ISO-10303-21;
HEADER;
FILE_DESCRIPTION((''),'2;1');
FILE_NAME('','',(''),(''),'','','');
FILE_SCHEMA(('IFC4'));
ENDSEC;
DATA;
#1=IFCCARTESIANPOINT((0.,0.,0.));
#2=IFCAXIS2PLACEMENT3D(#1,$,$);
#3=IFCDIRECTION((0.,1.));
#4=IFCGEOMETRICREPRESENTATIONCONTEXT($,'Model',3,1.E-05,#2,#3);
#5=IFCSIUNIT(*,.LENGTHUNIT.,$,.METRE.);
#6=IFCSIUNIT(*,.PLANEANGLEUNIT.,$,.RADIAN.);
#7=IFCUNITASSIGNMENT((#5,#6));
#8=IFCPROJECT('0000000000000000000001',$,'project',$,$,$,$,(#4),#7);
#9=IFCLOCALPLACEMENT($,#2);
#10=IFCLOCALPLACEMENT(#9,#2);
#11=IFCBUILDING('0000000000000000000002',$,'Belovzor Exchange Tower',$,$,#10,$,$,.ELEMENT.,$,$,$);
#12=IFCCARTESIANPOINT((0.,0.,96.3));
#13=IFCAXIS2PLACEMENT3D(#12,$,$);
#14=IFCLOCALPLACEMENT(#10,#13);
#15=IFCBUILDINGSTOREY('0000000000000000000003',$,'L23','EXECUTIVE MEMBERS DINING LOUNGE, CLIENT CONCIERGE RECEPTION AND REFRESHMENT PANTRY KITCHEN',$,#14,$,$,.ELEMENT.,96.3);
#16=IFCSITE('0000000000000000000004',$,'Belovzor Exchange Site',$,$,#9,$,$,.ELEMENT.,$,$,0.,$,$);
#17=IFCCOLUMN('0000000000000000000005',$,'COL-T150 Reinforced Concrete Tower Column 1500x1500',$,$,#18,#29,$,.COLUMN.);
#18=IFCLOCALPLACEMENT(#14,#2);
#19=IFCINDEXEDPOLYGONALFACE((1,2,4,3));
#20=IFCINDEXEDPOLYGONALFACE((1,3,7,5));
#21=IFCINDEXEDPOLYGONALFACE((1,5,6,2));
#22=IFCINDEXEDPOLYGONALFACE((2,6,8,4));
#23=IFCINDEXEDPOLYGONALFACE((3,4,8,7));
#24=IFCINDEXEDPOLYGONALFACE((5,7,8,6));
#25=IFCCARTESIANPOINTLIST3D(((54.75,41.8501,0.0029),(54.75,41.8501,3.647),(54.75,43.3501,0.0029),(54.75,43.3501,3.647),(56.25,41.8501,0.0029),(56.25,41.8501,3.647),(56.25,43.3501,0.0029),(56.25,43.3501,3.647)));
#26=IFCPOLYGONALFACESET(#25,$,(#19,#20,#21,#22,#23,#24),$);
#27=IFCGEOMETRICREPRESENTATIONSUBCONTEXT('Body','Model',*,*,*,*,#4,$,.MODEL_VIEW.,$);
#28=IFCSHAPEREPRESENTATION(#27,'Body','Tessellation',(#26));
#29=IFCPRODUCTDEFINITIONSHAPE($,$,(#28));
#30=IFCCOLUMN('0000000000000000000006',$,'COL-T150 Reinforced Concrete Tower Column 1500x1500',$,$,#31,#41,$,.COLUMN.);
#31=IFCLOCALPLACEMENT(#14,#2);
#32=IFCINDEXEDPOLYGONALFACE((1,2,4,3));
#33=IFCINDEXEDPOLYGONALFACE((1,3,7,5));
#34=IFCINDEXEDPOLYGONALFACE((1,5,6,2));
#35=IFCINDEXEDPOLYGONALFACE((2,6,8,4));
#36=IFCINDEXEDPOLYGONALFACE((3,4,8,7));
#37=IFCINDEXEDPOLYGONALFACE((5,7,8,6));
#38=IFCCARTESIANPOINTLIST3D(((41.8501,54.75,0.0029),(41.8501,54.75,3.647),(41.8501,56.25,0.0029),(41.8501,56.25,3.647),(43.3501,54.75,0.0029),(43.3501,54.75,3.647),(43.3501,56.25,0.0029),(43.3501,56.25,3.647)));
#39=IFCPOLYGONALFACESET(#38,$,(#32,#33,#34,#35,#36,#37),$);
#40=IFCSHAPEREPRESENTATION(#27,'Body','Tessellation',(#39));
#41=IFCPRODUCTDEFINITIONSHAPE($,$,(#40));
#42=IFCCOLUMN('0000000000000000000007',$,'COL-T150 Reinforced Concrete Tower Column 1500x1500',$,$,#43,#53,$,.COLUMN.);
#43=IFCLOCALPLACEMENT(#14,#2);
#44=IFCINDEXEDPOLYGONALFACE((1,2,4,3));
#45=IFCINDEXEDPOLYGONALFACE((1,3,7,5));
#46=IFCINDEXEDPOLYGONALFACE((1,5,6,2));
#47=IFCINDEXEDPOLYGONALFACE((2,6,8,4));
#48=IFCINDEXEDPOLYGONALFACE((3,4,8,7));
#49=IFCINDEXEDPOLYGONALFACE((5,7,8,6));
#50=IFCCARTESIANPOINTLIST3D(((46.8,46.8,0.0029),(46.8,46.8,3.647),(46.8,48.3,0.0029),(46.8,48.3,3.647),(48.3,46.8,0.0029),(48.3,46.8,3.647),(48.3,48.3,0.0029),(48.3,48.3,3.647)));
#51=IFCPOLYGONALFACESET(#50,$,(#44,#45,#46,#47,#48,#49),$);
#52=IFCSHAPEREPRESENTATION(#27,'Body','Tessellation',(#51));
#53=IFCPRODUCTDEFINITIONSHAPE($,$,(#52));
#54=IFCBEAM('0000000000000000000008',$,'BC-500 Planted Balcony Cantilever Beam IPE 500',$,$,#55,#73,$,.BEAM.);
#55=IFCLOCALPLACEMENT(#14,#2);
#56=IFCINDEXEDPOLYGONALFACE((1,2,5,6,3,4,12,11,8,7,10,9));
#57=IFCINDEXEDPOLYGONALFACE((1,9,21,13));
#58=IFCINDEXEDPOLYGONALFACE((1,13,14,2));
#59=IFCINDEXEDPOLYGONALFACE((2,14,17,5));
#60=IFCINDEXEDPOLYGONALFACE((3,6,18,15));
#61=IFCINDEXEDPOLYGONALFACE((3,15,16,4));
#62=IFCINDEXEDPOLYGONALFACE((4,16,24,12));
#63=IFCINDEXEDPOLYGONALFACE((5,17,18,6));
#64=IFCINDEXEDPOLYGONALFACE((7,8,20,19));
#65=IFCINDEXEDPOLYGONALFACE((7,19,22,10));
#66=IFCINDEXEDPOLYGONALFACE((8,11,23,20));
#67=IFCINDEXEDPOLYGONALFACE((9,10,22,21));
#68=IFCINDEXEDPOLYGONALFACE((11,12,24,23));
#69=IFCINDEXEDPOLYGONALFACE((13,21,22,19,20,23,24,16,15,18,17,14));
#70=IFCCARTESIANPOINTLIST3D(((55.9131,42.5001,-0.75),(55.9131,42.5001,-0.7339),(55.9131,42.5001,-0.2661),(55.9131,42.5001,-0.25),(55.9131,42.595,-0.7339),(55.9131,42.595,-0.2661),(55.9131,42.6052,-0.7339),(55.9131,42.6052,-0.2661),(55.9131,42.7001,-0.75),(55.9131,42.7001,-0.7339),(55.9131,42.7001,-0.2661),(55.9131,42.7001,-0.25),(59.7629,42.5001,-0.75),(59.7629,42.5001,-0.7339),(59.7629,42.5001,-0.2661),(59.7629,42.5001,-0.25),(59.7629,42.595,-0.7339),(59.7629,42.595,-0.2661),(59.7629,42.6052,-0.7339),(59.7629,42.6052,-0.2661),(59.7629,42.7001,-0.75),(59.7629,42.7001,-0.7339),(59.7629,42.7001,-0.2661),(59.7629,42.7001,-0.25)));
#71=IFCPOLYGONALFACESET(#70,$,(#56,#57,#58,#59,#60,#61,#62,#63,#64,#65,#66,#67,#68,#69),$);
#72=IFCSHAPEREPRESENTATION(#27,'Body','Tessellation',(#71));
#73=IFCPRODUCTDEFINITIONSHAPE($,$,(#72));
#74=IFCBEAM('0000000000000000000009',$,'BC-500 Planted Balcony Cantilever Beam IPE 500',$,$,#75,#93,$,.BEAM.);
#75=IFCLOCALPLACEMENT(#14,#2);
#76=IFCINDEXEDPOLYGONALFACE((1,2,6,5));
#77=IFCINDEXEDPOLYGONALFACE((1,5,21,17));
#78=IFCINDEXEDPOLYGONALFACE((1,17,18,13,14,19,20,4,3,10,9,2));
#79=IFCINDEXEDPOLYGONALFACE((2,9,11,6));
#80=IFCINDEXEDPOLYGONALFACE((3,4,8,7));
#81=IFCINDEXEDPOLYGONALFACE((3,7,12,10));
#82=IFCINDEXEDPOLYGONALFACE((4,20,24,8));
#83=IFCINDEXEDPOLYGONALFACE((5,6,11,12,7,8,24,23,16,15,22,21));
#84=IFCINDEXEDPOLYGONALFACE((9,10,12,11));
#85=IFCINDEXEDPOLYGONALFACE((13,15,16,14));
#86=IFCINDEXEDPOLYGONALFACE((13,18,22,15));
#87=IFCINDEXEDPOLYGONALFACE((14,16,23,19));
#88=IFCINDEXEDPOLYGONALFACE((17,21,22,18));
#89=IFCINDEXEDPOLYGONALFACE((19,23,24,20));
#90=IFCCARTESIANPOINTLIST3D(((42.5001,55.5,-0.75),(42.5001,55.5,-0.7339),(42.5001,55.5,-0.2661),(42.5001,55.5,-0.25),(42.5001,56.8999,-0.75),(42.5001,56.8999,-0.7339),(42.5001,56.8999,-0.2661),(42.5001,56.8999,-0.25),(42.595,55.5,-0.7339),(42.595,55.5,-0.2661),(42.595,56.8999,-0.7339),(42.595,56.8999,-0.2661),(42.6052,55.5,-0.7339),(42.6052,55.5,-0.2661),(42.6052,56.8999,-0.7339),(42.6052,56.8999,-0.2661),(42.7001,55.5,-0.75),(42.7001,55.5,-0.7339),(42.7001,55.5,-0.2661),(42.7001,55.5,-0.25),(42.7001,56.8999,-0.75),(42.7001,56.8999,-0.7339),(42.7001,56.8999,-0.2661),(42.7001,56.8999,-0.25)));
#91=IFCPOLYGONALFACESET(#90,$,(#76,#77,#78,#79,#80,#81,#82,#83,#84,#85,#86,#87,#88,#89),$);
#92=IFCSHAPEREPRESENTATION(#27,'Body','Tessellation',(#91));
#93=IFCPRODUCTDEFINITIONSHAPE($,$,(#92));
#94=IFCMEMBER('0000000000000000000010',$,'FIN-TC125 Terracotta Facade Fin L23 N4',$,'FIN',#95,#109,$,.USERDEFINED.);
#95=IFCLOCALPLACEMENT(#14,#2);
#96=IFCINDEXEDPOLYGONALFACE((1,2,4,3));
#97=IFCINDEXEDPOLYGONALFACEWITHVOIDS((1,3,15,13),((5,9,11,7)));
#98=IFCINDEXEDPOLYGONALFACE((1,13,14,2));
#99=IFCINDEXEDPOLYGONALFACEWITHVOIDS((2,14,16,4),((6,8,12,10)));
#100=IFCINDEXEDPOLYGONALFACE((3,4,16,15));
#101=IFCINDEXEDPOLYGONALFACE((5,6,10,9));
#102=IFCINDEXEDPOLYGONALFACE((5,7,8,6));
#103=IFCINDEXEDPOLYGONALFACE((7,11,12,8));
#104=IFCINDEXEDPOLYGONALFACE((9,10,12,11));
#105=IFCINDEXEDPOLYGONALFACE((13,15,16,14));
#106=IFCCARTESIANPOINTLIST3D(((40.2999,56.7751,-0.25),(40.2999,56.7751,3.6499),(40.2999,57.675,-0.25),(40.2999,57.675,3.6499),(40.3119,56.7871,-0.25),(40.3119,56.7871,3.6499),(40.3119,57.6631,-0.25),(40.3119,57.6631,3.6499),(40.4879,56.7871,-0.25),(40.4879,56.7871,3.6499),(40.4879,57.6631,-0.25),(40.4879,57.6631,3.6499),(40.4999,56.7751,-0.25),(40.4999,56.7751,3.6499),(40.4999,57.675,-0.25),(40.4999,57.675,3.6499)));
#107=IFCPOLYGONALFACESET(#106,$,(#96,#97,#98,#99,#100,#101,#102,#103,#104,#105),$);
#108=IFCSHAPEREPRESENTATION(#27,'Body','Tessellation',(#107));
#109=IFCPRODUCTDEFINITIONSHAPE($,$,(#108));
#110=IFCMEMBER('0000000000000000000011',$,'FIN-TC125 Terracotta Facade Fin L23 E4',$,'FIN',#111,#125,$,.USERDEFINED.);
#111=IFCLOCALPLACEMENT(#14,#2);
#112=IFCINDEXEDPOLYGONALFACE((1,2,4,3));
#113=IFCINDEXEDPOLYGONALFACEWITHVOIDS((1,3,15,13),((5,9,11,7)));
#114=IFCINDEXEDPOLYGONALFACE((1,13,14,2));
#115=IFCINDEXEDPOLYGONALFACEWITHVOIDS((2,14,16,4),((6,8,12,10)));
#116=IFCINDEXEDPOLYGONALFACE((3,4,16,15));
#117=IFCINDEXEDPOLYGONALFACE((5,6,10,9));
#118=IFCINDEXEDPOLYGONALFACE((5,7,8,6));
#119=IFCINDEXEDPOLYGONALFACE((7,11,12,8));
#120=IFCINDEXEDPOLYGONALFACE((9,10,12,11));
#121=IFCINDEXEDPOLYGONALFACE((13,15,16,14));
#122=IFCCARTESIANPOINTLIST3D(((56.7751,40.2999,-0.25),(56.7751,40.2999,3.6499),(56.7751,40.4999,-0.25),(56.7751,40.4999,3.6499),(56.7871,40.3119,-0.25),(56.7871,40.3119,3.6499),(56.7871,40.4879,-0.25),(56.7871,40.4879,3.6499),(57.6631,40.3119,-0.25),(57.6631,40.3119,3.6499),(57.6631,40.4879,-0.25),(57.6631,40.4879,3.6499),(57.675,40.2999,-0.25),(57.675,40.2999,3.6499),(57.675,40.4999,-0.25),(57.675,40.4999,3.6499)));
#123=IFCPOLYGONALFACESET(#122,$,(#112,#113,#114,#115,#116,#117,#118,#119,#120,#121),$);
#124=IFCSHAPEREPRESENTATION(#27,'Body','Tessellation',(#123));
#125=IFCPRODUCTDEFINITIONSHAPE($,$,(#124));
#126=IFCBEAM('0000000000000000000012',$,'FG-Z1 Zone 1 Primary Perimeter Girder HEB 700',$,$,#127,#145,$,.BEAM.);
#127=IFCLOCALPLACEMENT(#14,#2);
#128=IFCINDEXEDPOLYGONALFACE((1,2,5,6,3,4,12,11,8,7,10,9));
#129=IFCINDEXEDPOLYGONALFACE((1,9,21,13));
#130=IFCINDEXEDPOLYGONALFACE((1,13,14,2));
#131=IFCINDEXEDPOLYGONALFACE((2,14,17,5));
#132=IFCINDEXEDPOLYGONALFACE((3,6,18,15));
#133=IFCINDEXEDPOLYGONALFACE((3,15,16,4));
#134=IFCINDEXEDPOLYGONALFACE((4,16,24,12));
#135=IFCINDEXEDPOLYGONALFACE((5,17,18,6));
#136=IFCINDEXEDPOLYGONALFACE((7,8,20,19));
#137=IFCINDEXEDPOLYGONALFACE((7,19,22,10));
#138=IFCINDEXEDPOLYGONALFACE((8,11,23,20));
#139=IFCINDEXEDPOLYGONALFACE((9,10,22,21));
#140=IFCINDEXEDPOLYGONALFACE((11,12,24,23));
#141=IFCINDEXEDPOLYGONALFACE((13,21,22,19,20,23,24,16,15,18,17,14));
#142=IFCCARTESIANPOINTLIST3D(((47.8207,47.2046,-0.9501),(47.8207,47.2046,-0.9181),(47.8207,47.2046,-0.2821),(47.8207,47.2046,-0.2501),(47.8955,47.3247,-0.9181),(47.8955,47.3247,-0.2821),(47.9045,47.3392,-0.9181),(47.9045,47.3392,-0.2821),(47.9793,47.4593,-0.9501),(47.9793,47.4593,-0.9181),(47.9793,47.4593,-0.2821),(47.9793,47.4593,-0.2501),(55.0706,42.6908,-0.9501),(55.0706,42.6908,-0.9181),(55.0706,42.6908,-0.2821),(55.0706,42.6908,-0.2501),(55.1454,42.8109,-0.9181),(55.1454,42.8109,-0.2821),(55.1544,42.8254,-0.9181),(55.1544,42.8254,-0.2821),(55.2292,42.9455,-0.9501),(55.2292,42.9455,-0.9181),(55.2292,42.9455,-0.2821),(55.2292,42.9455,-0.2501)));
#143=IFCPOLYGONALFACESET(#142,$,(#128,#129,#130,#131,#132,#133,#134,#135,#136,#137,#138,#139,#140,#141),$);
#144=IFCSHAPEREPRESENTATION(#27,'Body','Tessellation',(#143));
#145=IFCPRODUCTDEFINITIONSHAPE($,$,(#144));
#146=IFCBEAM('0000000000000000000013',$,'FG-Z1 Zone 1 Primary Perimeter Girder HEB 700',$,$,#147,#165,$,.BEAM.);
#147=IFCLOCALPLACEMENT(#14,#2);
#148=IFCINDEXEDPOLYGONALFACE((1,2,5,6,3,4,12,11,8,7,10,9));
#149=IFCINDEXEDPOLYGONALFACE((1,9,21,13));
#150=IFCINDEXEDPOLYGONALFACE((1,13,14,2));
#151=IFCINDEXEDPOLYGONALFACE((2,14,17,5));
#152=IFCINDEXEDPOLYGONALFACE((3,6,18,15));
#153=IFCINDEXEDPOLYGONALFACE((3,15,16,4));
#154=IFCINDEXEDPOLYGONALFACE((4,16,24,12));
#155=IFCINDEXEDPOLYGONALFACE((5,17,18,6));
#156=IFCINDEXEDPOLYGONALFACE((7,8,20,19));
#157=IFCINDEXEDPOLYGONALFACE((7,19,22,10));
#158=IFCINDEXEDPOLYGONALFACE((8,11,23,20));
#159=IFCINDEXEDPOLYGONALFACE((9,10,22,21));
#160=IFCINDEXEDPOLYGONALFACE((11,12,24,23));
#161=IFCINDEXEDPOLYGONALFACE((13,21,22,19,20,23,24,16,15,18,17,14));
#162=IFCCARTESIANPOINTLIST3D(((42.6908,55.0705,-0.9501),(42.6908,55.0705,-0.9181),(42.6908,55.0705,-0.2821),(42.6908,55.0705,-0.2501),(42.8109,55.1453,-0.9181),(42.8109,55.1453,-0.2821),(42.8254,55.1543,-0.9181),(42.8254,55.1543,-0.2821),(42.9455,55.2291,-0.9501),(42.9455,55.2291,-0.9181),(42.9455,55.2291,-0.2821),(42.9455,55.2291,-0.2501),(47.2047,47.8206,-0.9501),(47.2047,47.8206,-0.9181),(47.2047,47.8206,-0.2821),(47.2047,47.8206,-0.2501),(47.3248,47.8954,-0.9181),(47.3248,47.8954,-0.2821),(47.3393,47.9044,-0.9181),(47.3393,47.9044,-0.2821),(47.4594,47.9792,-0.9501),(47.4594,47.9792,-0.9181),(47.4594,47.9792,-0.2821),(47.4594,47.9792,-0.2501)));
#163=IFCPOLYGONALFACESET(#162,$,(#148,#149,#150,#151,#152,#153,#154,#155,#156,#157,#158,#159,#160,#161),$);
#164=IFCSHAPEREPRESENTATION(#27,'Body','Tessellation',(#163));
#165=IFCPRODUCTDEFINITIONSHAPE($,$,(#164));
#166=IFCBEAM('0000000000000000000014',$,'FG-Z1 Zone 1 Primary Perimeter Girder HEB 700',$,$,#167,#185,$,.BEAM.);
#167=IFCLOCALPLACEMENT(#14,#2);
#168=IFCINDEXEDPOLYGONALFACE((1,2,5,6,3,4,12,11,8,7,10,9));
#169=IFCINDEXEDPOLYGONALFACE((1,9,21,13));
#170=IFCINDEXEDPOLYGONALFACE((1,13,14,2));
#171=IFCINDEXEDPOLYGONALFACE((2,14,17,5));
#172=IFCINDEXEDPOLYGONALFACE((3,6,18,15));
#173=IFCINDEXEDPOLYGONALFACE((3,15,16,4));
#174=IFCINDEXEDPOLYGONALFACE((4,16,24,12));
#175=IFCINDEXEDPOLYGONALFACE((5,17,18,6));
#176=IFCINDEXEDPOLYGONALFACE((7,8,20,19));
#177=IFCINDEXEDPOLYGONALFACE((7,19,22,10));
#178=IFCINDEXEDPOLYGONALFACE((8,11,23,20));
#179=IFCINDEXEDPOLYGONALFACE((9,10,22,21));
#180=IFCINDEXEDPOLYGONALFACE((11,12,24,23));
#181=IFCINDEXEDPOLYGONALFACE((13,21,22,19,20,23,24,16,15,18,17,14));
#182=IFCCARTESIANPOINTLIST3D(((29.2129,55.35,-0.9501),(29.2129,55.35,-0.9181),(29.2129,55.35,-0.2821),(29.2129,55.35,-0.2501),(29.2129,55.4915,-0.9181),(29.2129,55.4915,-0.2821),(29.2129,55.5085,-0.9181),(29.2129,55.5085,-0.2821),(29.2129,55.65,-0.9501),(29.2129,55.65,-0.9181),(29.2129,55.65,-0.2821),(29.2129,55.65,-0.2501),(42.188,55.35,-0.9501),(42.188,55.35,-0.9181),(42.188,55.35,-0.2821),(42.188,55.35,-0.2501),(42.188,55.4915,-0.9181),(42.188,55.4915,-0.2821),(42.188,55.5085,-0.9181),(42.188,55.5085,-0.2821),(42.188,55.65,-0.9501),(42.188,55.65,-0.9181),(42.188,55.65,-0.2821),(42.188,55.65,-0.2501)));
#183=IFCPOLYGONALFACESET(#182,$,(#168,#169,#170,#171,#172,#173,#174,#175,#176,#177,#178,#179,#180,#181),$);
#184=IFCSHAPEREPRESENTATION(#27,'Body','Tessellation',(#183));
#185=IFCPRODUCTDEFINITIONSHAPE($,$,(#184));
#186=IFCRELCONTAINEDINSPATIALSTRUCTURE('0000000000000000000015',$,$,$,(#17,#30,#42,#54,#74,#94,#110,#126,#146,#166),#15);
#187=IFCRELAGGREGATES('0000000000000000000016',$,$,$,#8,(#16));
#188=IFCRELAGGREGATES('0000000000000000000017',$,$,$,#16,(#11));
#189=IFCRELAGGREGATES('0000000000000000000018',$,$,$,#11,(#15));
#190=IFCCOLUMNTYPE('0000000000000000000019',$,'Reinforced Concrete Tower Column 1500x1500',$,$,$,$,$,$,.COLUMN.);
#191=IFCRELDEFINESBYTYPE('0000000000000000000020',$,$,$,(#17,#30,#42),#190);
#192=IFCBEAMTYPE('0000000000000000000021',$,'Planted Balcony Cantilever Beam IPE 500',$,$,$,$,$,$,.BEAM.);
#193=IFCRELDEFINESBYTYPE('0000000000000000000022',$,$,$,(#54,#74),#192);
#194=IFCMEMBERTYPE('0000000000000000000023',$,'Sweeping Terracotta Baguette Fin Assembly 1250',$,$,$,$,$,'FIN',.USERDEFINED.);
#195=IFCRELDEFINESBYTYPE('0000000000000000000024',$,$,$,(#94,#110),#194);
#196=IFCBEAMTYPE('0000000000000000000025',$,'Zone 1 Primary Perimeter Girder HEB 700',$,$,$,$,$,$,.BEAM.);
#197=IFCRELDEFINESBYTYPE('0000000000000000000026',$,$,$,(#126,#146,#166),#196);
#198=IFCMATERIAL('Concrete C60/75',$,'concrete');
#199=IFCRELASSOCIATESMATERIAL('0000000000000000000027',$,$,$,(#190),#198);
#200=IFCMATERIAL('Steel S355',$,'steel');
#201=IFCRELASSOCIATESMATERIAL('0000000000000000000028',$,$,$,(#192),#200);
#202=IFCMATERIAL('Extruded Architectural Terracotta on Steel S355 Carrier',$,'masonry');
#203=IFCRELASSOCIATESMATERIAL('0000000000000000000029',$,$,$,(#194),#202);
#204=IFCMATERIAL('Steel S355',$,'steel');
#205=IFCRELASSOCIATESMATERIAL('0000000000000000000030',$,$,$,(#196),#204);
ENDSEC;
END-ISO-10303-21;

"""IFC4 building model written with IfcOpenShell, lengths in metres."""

from ifc_helpers import new_model, si_unit, direction, frame, origin, origin_2d, place, context, subcontext, project, spatial, rectangle, hollow_rectangle, i_section, extrude, material, material_profile, profile_set, type_object, element, save


model = new_model("IFC4")

# Units and contexts
model_context = context("Model", 3, precision=1e-05, world=origin(), true_north=direction((0.0, 1.0)))
body_context = subcontext(model_context, "Body", "Model", "MODEL_VIEW")
ifc_project = project(units=[si_unit("LENGTHUNIT", "METRE"), si_unit("PLANEANGLEUNIT", "RADIAN")], contexts=[model_context])

# Site, building, storey
site_placement = place(None, origin())
site = spatial("IfcSite", under=ifc_project, at=site_placement, Name="Belovzor Exchange Site", CompositionType="ELEMENT", RefElevation=0.0)
building_placement = place(site_placement, origin())
building = spatial("IfcBuilding", under=site, at=building_placement, Name="Belovzor Exchange Tower", CompositionType="ELEMENT")
storey_placement = place(building_placement, frame((0.0, 0.0, 96.3)))
storey = spatial("IfcBuildingStorey", under=building, at=storey_placement, Name="L23", Description="EXECUTIVE MEMBERS DINING LOUNGE, CLIENT CONCIERGE RECEPTION AND REFRESHMENT PANTRY KITCHEN", CompositionType="ELEMENT", Elevation=96.3)

# Columns
ifc_material_1 = material(Name="Concrete C60/75", Category="concrete")
ifc_material_profile_1 = material_profile(ifc_material_1, rectangle(XDim=1.5, YDim=1.5, at=origin_2d()))
ifc_profile_set_1 = profile_set([ifc_material_profile_1], Name="Concrete C60/75")
column_type = type_object("IfcColumnType", Name="Reinforced Concrete Tower Column 1500x1500", PredefinedType="COLUMN", material=ifc_profile_set_1)
for number, where, z_axis, x_axis, name in (
    (1, (55.5, 42.6001, 0.0029), (0.0, 0.0, 1.0), (1.0, 0.0, 0.0), "COL-T150 Reinforced Concrete Tower Column 1500x1500"),
    (2, (42.6001, 55.5, 0.0029), (0.0, 0.0, 1.0), (1.0, 0.0, 0.0), "COL-T150 Reinforced Concrete Tower Column 1500x1500"),
    (3, (47.55, 47.55, 0.0029), (0.0, 0.0, 1.0), (1.0, 0.0, 0.0), "COL-T150 Reinforced Concrete Tower Column 1500x1500"),
):
    element("IfcColumn", number, at=place(storey_placement, frame(where, z_axis=z_axis, x_axis=x_axis)), inside=storey, type_object=column_type, Name=name, PredefinedType="COLUMN", context=body_context, shape_type="SweptSolid", body=[
        extrude(rectangle(XDim=1.5, YDim=1.5, at=origin_2d()), origin(), (0.0, 0.0, 1.0), 3.644),
    ])

# Beams
ifc_material_2 = material(Name="Steel S355", Category="steel")
ifc_material_profile_2 = material_profile(ifc_material_2, i_section(OverallWidth=0.2, OverallDepth=0.5, WebThickness=0.0103, FlangeThickness=0.0161, at=origin_2d()))
ifc_profile_set_2 = profile_set([ifc_material_profile_2], Name="Steel S355")
beam_type_1 = type_object("IfcBeamType", Name="Planted Balcony Cantilever Beam IPE 500", PredefinedType="BEAM", material=ifc_profile_set_2)
beam_1_placement = place(storey_placement, frame((55.9131, 42.6001, -0.5), z_axis=(1.0, 0.0, 0.0), x_axis=(0.0, 1.0, 0.0)))
element("IfcBeam", 4, at=beam_1_placement, inside=storey, type_object=beam_type_1, Name="BC-500 Planted Balcony Cantilever Beam IPE 500", PredefinedType="BEAM", context=body_context, shape_type="SweptSolid", body=[
    extrude(i_section(OverallWidth=0.2, OverallDepth=0.5, WebThickness=0.0103, FlangeThickness=0.0161, at=origin_2d()), origin(), (0.0, 0.0, 1.0), 3.8499),
])
beam_2_placement = place(storey_placement, frame((42.6001, 55.5, -0.5), z_axis=(0.0, 1.0, 0.0), x_axis=(-1.0, 0.0, 0.0)))
element("IfcBeam", 5, at=beam_2_placement, inside=storey, type_object=beam_type_1, Name="BC-500 Planted Balcony Cantilever Beam IPE 500", PredefinedType="BEAM", context=body_context, shape_type="SweptSolid", body=[
    extrude(i_section(OverallWidth=0.2, OverallDepth=0.5, WebThickness=0.0103, FlangeThickness=0.0161, at=origin_2d()), origin(), (0.0, 0.0, 1.0), 1.3999),
])

# Members
ifc_material_3 = material(Name="Extruded Architectural Terracotta on Steel S355 Carrier", Category="masonry")
ifc_material_profile_3 = material_profile(ifc_material_3, hollow_rectangle(XDim=0.2, YDim=0.8999, WallThickness=0.012, at=origin_2d()))
ifc_profile_set_3 = profile_set([ifc_material_profile_3], Name="Extruded Architectural Terracotta on Steel S355 Carrier")
member_type = type_object("IfcMemberType", Name="Sweeping Terracotta Baguette Fin Assembly 1250", ElementType="FIN", PredefinedType="USERDEFINED", material=ifc_profile_set_3)
for number, where, z_axis, x_axis, name in (
    (6, (40.3999, 57.2251, -0.25), (0.0, 0.0, 1.0), (1.0, 0.0, 0.0), "FIN-TC125 Terracotta Facade Fin L23 N4"),
    (7, (57.2251, 40.3999, -0.25), (0.0, 0.0, 1.0), (0.0, 1.0, 0.0), "FIN-TC125 Terracotta Facade Fin L23 E4"),
):
    element("IfcMember", number, at=place(storey_placement, frame(where, z_axis=z_axis, x_axis=x_axis)), inside=storey, type_object=member_type, Name=name, ObjectType="FIN", PredefinedType="USERDEFINED", context=body_context, shape_type="SweptSolid", body=[
        extrude(hollow_rectangle(XDim=0.2, YDim=0.8999, WallThickness=0.012, at=origin_2d()), origin(), (0.0, 0.0, 1.0), 3.8999),
    ])

# Beams
ifc_material_4 = material(Name="Steel S355", Category="steel")
ifc_material_profile_4 = material_profile(ifc_material_4, i_section(OverallWidth=0.3, OverallDepth=0.7, WebThickness=0.0171, FlangeThickness=0.032, at=origin_2d()))
ifc_profile_set_4 = profile_set([ifc_material_profile_4], Name="Steel S355")
beam_type_2 = type_object("IfcBeamType", Name="Zone 1 Primary Perimeter Girder HEB 700", PredefinedType="BEAM", material=ifc_profile_set_4)
for number, where, z_axis, x_axis, name in (
    (8, (55.1499, 42.8181, -0.6001), (-0.848909, 0.528539, 0.0), (-0.528539, -0.848909, 0.0), "FG-Z1 Zone 1 Primary Perimeter Girder HEB 700"),
    (9, (47.332, 47.8999, -0.6001), (-0.528539, 0.848909, 0.0), (-0.848909, -0.528539, 0.0), "FG-Z1 Zone 1 Primary Perimeter Girder HEB 700"),
):
    element("IfcBeam", number, at=place(storey_placement, frame(where, z_axis=z_axis, x_axis=x_axis)), inside=storey, type_object=beam_type_2, Name=name, PredefinedType="BEAM", context=body_context, shape_type="SweptSolid", body=[
        extrude(i_section(OverallWidth=0.3, OverallDepth=0.7, WebThickness=0.0171, FlangeThickness=0.032, at=origin_2d()), origin(), (0.0, 0.0, 1.0), 8.5403),
    ])
beam_3_placement = place(storey_placement, frame((42.188, 55.5, -0.6001), z_axis=(-1.0, 0.0, 0.0), x_axis=(0.0, -1.0, 0.0)))
element("IfcBeam", 10, at=beam_3_placement, inside=storey, type_object=beam_type_2, Name="FG-Z1 Zone 1 Primary Perimeter Girder HEB 700", PredefinedType="BEAM", context=body_context, shape_type="SweptSolid", body=[
    extrude(i_section(OverallWidth=0.3, OverallDepth=0.7, WebThickness=0.0171, FlangeThickness=0.032, at=origin_2d()), origin(), (0.0, 0.0, 1.0), 12.9751),
])

save(model, "model.ifc")
